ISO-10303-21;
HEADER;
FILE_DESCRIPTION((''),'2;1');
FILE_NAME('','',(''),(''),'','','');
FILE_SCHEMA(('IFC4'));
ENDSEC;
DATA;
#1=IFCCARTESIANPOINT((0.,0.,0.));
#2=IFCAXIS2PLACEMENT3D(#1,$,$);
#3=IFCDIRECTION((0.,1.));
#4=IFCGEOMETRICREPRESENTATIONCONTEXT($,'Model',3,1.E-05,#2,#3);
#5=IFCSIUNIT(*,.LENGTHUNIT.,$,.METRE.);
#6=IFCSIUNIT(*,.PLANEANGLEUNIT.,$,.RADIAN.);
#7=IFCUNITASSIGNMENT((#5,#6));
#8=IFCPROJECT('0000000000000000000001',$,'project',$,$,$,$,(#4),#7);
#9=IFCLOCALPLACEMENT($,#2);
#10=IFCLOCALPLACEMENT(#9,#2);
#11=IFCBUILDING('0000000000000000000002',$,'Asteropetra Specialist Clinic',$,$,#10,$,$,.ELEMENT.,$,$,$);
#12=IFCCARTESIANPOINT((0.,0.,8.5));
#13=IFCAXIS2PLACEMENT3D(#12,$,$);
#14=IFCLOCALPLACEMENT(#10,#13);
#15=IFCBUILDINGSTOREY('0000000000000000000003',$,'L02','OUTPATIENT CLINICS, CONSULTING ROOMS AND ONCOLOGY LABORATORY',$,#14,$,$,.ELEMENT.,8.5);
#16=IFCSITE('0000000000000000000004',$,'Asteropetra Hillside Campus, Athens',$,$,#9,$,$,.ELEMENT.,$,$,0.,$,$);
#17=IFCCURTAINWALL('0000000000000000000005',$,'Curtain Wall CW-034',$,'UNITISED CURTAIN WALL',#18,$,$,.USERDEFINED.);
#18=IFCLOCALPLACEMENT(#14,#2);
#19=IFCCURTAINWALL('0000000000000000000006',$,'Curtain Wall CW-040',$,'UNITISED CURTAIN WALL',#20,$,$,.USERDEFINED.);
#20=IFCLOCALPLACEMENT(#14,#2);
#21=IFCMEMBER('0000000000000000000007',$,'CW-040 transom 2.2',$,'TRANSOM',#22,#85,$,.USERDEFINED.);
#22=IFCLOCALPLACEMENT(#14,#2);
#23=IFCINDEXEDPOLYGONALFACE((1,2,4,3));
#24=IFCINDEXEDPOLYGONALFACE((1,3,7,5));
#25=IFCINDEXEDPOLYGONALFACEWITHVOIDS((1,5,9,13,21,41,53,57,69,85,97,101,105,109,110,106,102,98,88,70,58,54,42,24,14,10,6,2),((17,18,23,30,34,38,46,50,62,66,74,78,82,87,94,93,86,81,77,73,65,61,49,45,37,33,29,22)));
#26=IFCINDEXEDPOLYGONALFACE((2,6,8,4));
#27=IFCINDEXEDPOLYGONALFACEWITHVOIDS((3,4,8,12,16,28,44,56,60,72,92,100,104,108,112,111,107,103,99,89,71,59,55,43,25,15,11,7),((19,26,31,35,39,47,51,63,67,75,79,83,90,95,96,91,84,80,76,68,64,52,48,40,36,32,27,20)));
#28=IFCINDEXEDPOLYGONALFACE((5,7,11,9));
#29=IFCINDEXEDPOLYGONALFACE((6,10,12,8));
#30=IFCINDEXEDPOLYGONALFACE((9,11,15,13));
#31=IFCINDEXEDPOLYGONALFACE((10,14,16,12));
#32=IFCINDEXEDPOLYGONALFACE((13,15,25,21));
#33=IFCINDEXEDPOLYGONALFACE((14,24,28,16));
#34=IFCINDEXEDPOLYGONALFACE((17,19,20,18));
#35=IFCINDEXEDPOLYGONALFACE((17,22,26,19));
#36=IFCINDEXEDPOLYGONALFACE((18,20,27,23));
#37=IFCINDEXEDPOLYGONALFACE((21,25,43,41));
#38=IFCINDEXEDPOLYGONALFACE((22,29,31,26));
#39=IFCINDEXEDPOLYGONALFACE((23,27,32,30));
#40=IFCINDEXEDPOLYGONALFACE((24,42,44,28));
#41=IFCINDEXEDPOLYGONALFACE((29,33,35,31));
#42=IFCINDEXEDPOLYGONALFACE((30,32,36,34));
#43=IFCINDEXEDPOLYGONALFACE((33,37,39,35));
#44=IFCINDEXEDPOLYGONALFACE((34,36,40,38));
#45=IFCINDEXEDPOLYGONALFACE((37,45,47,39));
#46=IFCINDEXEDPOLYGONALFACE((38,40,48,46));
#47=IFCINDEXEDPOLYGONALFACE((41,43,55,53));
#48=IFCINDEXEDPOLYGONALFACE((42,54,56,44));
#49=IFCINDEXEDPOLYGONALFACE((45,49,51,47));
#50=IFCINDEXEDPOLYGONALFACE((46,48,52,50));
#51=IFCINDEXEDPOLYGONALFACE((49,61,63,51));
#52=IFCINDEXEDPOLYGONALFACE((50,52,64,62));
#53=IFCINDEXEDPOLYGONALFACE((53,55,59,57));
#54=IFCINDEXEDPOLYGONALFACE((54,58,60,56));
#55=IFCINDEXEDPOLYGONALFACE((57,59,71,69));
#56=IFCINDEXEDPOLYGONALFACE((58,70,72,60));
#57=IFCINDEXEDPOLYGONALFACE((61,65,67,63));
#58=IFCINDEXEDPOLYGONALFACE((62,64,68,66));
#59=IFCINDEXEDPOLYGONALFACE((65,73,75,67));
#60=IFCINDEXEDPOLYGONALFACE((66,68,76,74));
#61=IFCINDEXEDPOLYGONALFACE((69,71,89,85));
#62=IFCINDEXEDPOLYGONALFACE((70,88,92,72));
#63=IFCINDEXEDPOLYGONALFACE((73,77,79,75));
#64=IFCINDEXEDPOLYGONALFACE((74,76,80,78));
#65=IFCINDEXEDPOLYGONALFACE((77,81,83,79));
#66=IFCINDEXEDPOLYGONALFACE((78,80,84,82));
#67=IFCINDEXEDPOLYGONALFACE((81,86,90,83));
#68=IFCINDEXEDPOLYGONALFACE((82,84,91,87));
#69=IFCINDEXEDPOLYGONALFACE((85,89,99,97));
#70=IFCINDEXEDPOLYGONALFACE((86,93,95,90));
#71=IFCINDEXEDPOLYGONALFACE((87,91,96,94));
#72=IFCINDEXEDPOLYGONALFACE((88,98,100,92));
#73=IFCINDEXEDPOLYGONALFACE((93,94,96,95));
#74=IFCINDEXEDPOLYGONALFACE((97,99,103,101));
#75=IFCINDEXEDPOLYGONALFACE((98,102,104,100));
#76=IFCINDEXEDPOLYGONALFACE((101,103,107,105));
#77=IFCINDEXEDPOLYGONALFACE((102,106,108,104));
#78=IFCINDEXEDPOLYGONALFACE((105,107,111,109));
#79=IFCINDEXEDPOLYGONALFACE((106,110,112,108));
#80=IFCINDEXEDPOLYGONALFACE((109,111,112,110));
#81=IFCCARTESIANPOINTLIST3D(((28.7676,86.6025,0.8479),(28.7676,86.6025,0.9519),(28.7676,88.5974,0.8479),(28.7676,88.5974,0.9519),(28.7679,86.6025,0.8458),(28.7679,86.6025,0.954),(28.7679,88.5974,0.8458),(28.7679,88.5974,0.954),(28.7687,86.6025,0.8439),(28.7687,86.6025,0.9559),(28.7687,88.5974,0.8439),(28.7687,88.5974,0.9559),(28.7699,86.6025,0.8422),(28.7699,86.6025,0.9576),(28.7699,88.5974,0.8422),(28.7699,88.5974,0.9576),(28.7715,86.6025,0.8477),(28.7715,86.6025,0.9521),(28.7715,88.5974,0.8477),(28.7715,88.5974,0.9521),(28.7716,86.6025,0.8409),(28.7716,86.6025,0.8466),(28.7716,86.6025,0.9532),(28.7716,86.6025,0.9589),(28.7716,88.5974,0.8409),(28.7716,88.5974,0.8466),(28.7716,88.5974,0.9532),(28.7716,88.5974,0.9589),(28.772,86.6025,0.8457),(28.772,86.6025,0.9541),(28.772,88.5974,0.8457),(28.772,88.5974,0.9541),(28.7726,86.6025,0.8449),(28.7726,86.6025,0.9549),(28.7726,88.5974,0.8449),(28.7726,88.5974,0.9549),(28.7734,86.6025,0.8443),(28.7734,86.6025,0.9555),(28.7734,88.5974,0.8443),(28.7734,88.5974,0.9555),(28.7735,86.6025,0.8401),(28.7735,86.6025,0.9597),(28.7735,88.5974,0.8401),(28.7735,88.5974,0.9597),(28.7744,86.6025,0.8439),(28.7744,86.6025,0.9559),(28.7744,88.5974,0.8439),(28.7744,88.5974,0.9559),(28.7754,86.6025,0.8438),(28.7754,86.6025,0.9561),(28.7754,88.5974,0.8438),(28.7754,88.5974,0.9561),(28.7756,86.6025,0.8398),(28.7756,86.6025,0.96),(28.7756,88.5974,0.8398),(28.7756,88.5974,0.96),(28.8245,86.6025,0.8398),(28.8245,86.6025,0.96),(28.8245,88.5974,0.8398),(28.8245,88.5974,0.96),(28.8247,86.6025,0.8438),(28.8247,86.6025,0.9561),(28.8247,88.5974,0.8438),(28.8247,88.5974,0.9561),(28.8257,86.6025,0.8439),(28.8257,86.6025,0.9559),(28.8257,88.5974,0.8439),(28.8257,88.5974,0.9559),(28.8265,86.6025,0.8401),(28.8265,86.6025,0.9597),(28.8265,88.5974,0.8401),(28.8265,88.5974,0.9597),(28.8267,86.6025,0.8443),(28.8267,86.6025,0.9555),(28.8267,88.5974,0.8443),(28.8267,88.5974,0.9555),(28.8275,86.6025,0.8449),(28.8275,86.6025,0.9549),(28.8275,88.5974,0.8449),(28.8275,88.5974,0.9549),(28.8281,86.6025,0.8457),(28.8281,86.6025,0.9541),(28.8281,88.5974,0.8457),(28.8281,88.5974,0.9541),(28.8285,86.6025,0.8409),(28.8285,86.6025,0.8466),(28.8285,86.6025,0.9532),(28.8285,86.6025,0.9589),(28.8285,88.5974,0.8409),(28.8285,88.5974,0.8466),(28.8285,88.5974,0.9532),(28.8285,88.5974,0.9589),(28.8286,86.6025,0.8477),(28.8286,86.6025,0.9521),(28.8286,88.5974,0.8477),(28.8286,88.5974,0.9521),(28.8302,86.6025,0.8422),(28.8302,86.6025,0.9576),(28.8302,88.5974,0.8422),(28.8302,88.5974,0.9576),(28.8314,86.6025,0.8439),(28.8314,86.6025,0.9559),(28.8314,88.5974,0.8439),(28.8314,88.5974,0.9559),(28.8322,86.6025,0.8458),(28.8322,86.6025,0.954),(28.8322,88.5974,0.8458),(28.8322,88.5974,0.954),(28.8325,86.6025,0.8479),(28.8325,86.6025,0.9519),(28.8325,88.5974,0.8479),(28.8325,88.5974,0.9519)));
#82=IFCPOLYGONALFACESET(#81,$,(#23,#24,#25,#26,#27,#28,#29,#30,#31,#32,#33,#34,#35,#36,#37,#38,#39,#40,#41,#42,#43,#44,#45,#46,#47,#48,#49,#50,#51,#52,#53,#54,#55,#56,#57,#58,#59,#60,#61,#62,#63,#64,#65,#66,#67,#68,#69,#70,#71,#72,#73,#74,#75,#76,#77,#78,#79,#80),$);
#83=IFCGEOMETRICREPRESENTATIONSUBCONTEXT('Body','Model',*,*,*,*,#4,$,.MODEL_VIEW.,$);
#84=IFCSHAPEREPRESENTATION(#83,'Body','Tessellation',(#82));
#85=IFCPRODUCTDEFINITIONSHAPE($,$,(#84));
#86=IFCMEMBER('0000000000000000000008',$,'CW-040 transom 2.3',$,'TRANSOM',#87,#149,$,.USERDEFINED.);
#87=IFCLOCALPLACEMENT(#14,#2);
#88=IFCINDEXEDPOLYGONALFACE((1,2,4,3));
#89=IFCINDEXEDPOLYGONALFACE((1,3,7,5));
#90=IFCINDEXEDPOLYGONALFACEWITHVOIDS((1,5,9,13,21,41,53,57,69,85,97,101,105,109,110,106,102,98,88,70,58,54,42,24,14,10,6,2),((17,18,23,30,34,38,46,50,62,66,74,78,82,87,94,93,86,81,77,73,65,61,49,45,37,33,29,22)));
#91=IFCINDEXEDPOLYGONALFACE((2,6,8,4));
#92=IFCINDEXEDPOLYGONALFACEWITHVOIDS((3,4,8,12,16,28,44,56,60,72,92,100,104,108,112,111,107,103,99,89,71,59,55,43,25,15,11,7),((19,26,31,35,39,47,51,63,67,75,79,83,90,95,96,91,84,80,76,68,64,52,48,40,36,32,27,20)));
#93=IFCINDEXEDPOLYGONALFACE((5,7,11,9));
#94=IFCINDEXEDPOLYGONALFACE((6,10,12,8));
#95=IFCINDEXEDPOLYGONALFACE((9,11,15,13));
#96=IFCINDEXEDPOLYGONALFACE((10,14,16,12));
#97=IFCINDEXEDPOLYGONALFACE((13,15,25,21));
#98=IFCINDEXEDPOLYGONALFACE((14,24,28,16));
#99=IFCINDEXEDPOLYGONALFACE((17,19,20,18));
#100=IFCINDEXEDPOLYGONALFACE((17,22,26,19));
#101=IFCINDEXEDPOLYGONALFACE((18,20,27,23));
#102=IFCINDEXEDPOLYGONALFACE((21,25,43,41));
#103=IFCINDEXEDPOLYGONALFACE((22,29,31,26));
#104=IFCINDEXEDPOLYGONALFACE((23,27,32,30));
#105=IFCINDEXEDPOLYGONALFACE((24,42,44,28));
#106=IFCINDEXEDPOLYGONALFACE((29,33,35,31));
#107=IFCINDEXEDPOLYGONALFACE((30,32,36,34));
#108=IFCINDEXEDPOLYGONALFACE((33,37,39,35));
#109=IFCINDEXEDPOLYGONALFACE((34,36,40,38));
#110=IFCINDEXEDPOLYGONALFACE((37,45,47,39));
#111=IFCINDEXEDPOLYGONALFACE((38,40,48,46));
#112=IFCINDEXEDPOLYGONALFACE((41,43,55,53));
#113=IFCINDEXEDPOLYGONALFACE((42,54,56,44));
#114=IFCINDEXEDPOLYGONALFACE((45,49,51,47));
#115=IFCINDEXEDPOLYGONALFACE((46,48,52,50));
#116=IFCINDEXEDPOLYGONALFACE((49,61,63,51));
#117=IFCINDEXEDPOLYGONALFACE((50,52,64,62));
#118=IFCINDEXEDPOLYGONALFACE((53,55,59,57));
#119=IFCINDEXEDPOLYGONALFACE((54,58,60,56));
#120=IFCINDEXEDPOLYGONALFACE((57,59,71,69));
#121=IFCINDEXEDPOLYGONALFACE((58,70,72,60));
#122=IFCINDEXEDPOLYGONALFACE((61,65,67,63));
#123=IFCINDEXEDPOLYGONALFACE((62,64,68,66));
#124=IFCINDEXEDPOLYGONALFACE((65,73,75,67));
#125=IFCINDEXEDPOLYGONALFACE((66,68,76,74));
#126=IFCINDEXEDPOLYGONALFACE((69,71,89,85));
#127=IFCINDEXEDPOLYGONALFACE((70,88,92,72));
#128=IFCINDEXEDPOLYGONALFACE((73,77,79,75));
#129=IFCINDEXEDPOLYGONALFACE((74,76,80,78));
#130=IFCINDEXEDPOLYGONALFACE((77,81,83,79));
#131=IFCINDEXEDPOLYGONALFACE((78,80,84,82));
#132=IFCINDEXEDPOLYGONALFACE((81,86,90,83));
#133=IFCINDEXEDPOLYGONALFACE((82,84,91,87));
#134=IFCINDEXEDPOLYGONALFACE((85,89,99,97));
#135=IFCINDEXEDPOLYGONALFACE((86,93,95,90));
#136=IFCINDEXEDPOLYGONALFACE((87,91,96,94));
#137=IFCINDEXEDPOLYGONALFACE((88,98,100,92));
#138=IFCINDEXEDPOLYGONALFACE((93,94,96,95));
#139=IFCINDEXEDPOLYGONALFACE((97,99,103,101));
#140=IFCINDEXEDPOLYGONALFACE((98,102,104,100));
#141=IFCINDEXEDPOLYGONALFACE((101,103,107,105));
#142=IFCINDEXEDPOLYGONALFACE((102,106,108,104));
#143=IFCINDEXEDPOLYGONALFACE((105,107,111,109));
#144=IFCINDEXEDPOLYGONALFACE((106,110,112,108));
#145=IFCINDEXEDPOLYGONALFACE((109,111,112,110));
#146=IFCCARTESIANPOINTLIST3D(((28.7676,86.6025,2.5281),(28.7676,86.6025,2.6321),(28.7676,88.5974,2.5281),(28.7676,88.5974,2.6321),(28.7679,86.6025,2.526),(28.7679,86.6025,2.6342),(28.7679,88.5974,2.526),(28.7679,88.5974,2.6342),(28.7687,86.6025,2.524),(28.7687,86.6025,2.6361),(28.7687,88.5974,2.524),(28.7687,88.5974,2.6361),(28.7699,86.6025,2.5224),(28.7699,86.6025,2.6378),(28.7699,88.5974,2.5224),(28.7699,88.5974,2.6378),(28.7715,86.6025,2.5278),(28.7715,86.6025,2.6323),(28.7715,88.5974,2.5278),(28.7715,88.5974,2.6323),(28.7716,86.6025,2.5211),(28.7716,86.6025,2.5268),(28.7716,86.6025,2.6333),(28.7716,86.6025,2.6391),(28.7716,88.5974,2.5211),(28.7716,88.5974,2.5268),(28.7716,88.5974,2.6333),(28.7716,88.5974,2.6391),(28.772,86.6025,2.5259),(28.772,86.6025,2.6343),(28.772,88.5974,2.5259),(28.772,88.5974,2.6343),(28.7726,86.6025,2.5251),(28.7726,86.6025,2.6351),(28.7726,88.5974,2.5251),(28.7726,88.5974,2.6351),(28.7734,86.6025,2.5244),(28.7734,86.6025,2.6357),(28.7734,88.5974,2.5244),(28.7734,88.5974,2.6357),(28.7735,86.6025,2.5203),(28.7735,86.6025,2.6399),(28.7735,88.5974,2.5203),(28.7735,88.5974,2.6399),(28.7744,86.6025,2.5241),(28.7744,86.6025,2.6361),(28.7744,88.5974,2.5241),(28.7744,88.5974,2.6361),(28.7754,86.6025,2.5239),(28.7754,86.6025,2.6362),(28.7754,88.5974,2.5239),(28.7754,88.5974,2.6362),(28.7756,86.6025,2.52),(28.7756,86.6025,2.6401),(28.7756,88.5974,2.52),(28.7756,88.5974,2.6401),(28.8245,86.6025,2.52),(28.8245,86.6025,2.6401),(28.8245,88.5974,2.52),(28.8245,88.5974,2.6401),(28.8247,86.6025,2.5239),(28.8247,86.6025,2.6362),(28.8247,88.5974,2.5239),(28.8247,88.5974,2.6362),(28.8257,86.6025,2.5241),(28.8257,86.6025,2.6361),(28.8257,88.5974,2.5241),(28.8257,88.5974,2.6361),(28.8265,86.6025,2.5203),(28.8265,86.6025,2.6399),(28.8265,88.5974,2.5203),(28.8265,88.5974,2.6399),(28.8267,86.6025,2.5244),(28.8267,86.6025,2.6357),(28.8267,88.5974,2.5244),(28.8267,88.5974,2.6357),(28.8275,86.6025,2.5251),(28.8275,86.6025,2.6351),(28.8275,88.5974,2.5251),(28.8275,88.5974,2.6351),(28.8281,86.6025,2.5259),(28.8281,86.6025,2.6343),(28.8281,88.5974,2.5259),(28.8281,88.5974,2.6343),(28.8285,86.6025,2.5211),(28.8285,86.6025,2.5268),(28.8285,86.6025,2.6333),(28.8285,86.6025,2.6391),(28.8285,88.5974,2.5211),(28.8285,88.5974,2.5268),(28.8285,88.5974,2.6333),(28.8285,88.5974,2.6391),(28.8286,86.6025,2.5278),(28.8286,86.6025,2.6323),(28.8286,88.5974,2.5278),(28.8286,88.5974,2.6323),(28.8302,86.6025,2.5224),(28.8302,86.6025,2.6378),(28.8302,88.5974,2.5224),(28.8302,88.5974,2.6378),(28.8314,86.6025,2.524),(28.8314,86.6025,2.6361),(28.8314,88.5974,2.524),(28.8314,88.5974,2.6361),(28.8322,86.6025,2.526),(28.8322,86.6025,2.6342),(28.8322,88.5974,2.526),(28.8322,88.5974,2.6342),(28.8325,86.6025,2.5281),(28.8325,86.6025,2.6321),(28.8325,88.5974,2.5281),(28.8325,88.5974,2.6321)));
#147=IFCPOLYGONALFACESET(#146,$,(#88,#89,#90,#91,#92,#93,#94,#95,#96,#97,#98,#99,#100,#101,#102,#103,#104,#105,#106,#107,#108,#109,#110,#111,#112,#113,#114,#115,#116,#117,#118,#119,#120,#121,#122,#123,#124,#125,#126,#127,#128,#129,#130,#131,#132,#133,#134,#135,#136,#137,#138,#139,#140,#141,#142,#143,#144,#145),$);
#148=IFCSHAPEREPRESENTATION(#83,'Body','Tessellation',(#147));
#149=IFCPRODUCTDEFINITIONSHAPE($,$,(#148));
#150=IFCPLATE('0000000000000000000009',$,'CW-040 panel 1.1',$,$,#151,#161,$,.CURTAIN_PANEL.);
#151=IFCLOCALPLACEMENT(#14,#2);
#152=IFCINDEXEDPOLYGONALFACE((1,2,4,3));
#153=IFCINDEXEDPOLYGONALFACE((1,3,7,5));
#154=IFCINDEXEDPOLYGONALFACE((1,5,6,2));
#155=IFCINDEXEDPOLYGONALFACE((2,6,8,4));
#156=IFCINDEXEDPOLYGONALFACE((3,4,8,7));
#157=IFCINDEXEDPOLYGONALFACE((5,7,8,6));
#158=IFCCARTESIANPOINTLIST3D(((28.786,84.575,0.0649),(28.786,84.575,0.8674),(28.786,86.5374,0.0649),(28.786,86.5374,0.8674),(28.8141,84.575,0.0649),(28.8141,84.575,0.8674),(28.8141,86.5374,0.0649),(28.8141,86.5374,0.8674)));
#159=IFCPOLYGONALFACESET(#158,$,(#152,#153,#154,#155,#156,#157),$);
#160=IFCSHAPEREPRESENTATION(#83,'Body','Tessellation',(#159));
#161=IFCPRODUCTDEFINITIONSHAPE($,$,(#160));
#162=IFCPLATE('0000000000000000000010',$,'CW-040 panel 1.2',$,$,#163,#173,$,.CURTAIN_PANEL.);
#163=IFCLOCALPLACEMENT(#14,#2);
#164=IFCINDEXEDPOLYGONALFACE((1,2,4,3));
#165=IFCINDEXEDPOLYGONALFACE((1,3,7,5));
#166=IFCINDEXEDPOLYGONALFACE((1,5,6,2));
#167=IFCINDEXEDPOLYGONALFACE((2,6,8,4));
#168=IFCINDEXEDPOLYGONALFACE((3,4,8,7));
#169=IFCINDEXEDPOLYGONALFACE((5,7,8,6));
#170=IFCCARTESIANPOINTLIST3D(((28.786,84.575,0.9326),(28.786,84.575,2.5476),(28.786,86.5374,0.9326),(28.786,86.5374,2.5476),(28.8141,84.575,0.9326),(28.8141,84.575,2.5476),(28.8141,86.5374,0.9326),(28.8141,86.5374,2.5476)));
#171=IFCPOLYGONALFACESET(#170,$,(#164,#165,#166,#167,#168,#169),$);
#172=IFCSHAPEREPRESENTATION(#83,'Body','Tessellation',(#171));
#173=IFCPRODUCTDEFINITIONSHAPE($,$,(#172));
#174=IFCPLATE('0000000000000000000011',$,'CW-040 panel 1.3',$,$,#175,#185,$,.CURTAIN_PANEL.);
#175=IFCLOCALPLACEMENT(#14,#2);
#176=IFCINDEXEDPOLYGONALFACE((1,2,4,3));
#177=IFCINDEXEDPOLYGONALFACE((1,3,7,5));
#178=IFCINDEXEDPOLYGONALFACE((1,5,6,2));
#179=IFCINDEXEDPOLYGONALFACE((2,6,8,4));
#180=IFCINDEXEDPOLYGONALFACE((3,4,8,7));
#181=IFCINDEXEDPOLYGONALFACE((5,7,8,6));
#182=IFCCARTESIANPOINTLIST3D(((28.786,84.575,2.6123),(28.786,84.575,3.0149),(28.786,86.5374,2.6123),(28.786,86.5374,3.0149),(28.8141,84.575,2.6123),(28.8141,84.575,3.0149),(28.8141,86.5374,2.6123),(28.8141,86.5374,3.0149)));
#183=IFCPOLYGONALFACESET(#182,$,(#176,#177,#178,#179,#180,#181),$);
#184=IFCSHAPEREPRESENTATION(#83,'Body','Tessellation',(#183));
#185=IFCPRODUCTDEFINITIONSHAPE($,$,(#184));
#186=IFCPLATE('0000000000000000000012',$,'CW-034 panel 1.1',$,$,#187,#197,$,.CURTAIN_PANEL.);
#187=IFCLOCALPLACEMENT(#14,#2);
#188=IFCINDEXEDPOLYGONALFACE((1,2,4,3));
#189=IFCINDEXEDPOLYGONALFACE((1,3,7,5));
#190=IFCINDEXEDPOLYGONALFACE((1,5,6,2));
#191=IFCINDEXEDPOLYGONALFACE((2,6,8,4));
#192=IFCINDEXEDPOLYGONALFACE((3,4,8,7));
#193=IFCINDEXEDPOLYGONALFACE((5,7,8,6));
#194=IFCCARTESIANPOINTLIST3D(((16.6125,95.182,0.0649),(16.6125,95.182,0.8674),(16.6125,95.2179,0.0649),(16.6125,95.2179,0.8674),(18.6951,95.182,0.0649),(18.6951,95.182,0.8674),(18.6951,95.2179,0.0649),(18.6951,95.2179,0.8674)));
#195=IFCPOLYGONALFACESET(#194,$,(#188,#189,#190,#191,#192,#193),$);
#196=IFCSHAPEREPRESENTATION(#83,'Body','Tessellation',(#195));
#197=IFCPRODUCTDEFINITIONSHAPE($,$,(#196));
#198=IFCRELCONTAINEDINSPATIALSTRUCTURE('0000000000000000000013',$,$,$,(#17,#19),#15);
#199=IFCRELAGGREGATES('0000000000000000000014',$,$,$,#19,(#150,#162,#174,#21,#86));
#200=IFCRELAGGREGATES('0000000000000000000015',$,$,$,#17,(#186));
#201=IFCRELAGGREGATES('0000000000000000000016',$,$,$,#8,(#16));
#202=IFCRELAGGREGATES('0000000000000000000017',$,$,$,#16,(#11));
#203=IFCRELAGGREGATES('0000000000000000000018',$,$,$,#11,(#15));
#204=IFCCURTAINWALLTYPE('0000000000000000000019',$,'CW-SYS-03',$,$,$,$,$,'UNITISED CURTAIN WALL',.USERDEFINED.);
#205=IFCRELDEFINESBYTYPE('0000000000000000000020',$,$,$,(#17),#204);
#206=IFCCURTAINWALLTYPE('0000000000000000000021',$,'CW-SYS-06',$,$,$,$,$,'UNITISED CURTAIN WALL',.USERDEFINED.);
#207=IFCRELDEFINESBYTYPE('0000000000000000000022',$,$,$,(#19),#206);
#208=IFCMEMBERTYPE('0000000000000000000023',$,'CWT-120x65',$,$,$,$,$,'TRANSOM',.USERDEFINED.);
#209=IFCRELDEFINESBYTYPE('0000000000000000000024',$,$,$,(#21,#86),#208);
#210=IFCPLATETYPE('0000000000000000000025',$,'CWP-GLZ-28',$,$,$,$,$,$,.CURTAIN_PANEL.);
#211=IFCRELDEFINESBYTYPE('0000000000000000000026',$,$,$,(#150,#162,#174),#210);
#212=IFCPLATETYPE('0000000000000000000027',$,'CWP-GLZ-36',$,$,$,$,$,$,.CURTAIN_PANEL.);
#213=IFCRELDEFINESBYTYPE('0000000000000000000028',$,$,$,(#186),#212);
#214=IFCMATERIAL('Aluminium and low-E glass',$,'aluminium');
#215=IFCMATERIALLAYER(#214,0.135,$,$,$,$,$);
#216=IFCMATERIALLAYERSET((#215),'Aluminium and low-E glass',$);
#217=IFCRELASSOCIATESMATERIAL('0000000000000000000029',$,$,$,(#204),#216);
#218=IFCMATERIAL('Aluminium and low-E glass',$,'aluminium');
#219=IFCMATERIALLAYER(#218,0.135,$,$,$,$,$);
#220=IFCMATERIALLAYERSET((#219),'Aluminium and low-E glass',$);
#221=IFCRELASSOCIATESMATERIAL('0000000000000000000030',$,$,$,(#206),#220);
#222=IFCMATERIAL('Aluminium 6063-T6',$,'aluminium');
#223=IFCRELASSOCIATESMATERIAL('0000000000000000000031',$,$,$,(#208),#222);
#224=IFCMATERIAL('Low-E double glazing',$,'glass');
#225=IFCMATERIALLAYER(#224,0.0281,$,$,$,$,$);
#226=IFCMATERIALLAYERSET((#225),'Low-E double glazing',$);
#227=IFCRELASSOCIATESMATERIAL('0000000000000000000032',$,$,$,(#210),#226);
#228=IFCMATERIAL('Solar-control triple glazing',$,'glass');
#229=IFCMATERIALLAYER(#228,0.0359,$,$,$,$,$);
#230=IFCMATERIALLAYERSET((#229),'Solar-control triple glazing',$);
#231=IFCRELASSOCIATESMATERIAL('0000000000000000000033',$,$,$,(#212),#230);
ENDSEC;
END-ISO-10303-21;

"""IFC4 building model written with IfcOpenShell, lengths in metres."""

from ifc_helpers import new_model, si_unit, direction, frame, origin, origin_2d, place, context, subcontext, project, spatial, rectangle, hollow_rectangle, extrude, material, layer, layer_set, material_profile, profile_set, type_object, element, aggregate, save


model = new_model("IFC4")

# Units and contexts
model_context = context("Model", 3, precision=1e-05, world=origin(), true_north=direction((0.0, 1.0)))
body_context = subcontext(model_context, "Body", "Model", "MODEL_VIEW")
ifc_project = project(units=[si_unit("LENGTHUNIT", "METRE"), si_unit("PLANEANGLEUNIT", "RADIAN")], contexts=[model_context])

# Site, building, storey
site_placement = place(None, origin())
site = spatial("IfcSite", under=ifc_project, at=site_placement, Name="Asteropetra Hillside Campus, Athens", CompositionType="ELEMENT", RefElevation=0.0)
building_placement = place(site_placement, origin())
building = spatial("IfcBuilding", under=site, at=building_placement, Name="Asteropetra Specialist Clinic", CompositionType="ELEMENT")
storey_placement = place(building_placement, frame((0.0, 0.0, 8.5)))
storey = spatial("IfcBuildingStorey", under=building, at=storey_placement, Name="L02", Description="OUTPATIENT CLINICS, CONSULTING ROOMS AND ONCOLOGY LABORATORY", CompositionType="ELEMENT", Elevation=8.5)

# Curtain wall
ifc_material_1 = material(Name="Aluminium and low-E glass", Category="aluminium")
ifc_layer_1 = layer(ifc_material_1, 0.135)
ifc_layer_set_1 = layer_set([ifc_layer_1], Name="Aluminium and low-E glass")
curtain_wall_type_1 = type_object("IfcCurtainWallType", Name="CW-SYS-03", ElementType="UNITISED CURTAIN WALL", PredefinedType="USERDEFINED", material=ifc_layer_set_1)
curtain_wall_1_placement = place(storey_placement, origin())
curtain_wall_1 = element("IfcCurtainWall", 1, at=curtain_wall_1_placement, inside=storey, type_object=curtain_wall_type_1, Name="Curtain Wall CW-034", ObjectType="UNITISED CURTAIN WALL", PredefinedType="USERDEFINED")

# Curtain wall
ifc_material_2 = material(Name="Aluminium and low-E glass", Category="aluminium")
ifc_layer_2 = layer(ifc_material_2, 0.135)
ifc_layer_set_2 = layer_set([ifc_layer_2], Name="Aluminium and low-E glass")
curtain_wall_type_2 = type_object("IfcCurtainWallType", Name="CW-SYS-06", ElementType="UNITISED CURTAIN WALL", PredefinedType="USERDEFINED", material=ifc_layer_set_2)
curtain_wall_2_placement = place(storey_placement, origin())
curtain_wall_2 = element("IfcCurtainWall", 2, at=curtain_wall_2_placement, inside=storey, type_object=curtain_wall_type_2, Name="Curtain Wall CW-040", ObjectType="UNITISED CURTAIN WALL", PredefinedType="USERDEFINED")

# Members
ifc_material_3 = material(Name="Aluminium 6063-T6", Category="aluminium")
ifc_material_profile_1 = material_profile(ifc_material_3, hollow_rectangle(XDim=0.0649, YDim=0.1201, WallThickness=0.0039, InnerFilletRadius=0.0039, OuterFilletRadius=0.0081, at=origin_2d()), Name="TRN 120x65x4.0")
ifc_profile_set_1 = profile_set([ifc_material_profile_1], Name="Aluminium 6063-T6")
member_type_1 = type_object("IfcMemberType", Name="CWT-120x65", ElementType="TRANSOM", PredefinedType="USERDEFINED", material=ifc_profile_set_1)
member_1_placement = place(storey_placement, frame((28.8, 86.6025, 0.8999), z_axis=(0.0, 1.0, 0.0), x_axis=(-1.0, 0.0, 0.0)))
member_1 = element("IfcMember", 3, at=member_1_placement, type_object=member_type_1, Name="CW-040 transom 2.2", ObjectType="TRANSOM", PredefinedType="USERDEFINED", context=body_context, shape_type="SweptSolid", body=[
    extrude(hollow_rectangle(XDim=0.0649, YDim=0.1201, WallThickness=0.0039, InnerFilletRadius=0.0039, OuterFilletRadius=0.0081, at=origin_2d()), origin(), (0.0, 0.0, 1.0), 1.9949),
])
member_2_placement = place(storey_placement, frame((28.8, 86.6025, 2.5801), z_axis=(0.0, 1.0, 0.0), x_axis=(-1.0, 0.0, 0.0)))
member_2 = element("IfcMember", 4, at=member_2_placement, type_object=member_type_1, Name="CW-040 transom 2.3", ObjectType="TRANSOM", PredefinedType="USERDEFINED", context=body_context, shape_type="SweptSolid", body=[
    extrude(hollow_rectangle(XDim=0.0649, YDim=0.1201, WallThickness=0.0039, InnerFilletRadius=0.0039, OuterFilletRadius=0.0081, at=origin_2d()), origin(), (0.0, 0.0, 1.0), 1.9949),
])

# Plates
ifc_material_4 = material(Name="Low-E double glazing", Category="glass")
ifc_layer_3 = layer(ifc_material_4, 0.0281)
ifc_layer_set_3 = layer_set([ifc_layer_3], Name="Low-E double glazing")
plate_type_1 = type_object("IfcPlateType", Name="CWP-GLZ-28", PredefinedType="CURTAIN_PANEL", material=ifc_layer_set_3)
plate_1_placement = place(storey_placement, frame((28.8, 85.5562, 0.0649), z_axis=(0.0, 0.0, 1.0), x_axis=(0.0, 1.0, 0.0)))
plate_1 = element("IfcPlate", 5, at=plate_1_placement, type_object=plate_type_1, Name="CW-040 panel 1.1", PredefinedType="CURTAIN_PANEL", context=body_context, shape_type="SweptSolid", body=[
    extrude(rectangle(XDim=1.9624, YDim=0.0281, at=origin_2d()), origin(), (0.0, 0.0, 1.0), 0.8025),
])
plate_2_placement = place(storey_placement, frame((28.8, 85.5562, 0.9326), z_axis=(0.0, 0.0, 1.0), x_axis=(0.0, 1.0, 0.0)))
plate_2 = element("IfcPlate", 6, at=plate_2_placement, type_object=plate_type_1, Name="CW-040 panel 1.2", PredefinedType="CURTAIN_PANEL", context=body_context, shape_type="SweptSolid", body=[
    extrude(rectangle(XDim=1.9624, YDim=0.0281, at=origin_2d()), origin(), (0.0, 0.0, 1.0), 1.615),
])
plate_3_placement = place(storey_placement, frame((28.8, 85.5562, 2.6123), z_axis=(0.0, 0.0, 1.0), x_axis=(0.0, 1.0, 0.0)))
plate_3 = element("IfcPlate", 7, at=plate_3_placement, type_object=plate_type_1, Name="CW-040 panel 1.3", PredefinedType="CURTAIN_PANEL", context=body_context, shape_type="SweptSolid", body=[
    extrude(rectangle(XDim=1.9624, YDim=0.0281, at=origin_2d()), origin(), (0.0, 0.0, 1.0), 0.4026),
])
aggregate(curtain_wall_2, [plate_1, plate_2, plate_3, member_1, member_2])
ifc_material_5 = material(Name="Solar-control triple glazing", Category="glass")
ifc_layer_4 = layer(ifc_material_5, 0.0359)
ifc_layer_set_4 = layer_set([ifc_layer_4], Name="Solar-control triple glazing")
plate_type_2 = type_object("IfcPlateType", Name="CWP-GLZ-36", PredefinedType="CURTAIN_PANEL", material=ifc_layer_set_4)
plate_4_placement = place(storey_placement, frame((17.6538, 95.2, 0.0649), z_axis=(0.0, 0.0, 1.0), x_axis=(-1.0, 0.0, 0.0)))
plate_4 = element("IfcPlate", 8, at=plate_4_placement, type_object=plate_type_2, Name="CW-034 panel 1.1", PredefinedType="CURTAIN_PANEL", context=body_context, shape_type="SweptSolid", body=[
    extrude(rectangle(XDim=2.0825, YDim=0.0359, at=origin_2d()), origin(), (0.0, 0.0, 1.0), 0.8025),
])
aggregate(curtain_wall_1, [plate_4])

save(model, "model.ifc")
